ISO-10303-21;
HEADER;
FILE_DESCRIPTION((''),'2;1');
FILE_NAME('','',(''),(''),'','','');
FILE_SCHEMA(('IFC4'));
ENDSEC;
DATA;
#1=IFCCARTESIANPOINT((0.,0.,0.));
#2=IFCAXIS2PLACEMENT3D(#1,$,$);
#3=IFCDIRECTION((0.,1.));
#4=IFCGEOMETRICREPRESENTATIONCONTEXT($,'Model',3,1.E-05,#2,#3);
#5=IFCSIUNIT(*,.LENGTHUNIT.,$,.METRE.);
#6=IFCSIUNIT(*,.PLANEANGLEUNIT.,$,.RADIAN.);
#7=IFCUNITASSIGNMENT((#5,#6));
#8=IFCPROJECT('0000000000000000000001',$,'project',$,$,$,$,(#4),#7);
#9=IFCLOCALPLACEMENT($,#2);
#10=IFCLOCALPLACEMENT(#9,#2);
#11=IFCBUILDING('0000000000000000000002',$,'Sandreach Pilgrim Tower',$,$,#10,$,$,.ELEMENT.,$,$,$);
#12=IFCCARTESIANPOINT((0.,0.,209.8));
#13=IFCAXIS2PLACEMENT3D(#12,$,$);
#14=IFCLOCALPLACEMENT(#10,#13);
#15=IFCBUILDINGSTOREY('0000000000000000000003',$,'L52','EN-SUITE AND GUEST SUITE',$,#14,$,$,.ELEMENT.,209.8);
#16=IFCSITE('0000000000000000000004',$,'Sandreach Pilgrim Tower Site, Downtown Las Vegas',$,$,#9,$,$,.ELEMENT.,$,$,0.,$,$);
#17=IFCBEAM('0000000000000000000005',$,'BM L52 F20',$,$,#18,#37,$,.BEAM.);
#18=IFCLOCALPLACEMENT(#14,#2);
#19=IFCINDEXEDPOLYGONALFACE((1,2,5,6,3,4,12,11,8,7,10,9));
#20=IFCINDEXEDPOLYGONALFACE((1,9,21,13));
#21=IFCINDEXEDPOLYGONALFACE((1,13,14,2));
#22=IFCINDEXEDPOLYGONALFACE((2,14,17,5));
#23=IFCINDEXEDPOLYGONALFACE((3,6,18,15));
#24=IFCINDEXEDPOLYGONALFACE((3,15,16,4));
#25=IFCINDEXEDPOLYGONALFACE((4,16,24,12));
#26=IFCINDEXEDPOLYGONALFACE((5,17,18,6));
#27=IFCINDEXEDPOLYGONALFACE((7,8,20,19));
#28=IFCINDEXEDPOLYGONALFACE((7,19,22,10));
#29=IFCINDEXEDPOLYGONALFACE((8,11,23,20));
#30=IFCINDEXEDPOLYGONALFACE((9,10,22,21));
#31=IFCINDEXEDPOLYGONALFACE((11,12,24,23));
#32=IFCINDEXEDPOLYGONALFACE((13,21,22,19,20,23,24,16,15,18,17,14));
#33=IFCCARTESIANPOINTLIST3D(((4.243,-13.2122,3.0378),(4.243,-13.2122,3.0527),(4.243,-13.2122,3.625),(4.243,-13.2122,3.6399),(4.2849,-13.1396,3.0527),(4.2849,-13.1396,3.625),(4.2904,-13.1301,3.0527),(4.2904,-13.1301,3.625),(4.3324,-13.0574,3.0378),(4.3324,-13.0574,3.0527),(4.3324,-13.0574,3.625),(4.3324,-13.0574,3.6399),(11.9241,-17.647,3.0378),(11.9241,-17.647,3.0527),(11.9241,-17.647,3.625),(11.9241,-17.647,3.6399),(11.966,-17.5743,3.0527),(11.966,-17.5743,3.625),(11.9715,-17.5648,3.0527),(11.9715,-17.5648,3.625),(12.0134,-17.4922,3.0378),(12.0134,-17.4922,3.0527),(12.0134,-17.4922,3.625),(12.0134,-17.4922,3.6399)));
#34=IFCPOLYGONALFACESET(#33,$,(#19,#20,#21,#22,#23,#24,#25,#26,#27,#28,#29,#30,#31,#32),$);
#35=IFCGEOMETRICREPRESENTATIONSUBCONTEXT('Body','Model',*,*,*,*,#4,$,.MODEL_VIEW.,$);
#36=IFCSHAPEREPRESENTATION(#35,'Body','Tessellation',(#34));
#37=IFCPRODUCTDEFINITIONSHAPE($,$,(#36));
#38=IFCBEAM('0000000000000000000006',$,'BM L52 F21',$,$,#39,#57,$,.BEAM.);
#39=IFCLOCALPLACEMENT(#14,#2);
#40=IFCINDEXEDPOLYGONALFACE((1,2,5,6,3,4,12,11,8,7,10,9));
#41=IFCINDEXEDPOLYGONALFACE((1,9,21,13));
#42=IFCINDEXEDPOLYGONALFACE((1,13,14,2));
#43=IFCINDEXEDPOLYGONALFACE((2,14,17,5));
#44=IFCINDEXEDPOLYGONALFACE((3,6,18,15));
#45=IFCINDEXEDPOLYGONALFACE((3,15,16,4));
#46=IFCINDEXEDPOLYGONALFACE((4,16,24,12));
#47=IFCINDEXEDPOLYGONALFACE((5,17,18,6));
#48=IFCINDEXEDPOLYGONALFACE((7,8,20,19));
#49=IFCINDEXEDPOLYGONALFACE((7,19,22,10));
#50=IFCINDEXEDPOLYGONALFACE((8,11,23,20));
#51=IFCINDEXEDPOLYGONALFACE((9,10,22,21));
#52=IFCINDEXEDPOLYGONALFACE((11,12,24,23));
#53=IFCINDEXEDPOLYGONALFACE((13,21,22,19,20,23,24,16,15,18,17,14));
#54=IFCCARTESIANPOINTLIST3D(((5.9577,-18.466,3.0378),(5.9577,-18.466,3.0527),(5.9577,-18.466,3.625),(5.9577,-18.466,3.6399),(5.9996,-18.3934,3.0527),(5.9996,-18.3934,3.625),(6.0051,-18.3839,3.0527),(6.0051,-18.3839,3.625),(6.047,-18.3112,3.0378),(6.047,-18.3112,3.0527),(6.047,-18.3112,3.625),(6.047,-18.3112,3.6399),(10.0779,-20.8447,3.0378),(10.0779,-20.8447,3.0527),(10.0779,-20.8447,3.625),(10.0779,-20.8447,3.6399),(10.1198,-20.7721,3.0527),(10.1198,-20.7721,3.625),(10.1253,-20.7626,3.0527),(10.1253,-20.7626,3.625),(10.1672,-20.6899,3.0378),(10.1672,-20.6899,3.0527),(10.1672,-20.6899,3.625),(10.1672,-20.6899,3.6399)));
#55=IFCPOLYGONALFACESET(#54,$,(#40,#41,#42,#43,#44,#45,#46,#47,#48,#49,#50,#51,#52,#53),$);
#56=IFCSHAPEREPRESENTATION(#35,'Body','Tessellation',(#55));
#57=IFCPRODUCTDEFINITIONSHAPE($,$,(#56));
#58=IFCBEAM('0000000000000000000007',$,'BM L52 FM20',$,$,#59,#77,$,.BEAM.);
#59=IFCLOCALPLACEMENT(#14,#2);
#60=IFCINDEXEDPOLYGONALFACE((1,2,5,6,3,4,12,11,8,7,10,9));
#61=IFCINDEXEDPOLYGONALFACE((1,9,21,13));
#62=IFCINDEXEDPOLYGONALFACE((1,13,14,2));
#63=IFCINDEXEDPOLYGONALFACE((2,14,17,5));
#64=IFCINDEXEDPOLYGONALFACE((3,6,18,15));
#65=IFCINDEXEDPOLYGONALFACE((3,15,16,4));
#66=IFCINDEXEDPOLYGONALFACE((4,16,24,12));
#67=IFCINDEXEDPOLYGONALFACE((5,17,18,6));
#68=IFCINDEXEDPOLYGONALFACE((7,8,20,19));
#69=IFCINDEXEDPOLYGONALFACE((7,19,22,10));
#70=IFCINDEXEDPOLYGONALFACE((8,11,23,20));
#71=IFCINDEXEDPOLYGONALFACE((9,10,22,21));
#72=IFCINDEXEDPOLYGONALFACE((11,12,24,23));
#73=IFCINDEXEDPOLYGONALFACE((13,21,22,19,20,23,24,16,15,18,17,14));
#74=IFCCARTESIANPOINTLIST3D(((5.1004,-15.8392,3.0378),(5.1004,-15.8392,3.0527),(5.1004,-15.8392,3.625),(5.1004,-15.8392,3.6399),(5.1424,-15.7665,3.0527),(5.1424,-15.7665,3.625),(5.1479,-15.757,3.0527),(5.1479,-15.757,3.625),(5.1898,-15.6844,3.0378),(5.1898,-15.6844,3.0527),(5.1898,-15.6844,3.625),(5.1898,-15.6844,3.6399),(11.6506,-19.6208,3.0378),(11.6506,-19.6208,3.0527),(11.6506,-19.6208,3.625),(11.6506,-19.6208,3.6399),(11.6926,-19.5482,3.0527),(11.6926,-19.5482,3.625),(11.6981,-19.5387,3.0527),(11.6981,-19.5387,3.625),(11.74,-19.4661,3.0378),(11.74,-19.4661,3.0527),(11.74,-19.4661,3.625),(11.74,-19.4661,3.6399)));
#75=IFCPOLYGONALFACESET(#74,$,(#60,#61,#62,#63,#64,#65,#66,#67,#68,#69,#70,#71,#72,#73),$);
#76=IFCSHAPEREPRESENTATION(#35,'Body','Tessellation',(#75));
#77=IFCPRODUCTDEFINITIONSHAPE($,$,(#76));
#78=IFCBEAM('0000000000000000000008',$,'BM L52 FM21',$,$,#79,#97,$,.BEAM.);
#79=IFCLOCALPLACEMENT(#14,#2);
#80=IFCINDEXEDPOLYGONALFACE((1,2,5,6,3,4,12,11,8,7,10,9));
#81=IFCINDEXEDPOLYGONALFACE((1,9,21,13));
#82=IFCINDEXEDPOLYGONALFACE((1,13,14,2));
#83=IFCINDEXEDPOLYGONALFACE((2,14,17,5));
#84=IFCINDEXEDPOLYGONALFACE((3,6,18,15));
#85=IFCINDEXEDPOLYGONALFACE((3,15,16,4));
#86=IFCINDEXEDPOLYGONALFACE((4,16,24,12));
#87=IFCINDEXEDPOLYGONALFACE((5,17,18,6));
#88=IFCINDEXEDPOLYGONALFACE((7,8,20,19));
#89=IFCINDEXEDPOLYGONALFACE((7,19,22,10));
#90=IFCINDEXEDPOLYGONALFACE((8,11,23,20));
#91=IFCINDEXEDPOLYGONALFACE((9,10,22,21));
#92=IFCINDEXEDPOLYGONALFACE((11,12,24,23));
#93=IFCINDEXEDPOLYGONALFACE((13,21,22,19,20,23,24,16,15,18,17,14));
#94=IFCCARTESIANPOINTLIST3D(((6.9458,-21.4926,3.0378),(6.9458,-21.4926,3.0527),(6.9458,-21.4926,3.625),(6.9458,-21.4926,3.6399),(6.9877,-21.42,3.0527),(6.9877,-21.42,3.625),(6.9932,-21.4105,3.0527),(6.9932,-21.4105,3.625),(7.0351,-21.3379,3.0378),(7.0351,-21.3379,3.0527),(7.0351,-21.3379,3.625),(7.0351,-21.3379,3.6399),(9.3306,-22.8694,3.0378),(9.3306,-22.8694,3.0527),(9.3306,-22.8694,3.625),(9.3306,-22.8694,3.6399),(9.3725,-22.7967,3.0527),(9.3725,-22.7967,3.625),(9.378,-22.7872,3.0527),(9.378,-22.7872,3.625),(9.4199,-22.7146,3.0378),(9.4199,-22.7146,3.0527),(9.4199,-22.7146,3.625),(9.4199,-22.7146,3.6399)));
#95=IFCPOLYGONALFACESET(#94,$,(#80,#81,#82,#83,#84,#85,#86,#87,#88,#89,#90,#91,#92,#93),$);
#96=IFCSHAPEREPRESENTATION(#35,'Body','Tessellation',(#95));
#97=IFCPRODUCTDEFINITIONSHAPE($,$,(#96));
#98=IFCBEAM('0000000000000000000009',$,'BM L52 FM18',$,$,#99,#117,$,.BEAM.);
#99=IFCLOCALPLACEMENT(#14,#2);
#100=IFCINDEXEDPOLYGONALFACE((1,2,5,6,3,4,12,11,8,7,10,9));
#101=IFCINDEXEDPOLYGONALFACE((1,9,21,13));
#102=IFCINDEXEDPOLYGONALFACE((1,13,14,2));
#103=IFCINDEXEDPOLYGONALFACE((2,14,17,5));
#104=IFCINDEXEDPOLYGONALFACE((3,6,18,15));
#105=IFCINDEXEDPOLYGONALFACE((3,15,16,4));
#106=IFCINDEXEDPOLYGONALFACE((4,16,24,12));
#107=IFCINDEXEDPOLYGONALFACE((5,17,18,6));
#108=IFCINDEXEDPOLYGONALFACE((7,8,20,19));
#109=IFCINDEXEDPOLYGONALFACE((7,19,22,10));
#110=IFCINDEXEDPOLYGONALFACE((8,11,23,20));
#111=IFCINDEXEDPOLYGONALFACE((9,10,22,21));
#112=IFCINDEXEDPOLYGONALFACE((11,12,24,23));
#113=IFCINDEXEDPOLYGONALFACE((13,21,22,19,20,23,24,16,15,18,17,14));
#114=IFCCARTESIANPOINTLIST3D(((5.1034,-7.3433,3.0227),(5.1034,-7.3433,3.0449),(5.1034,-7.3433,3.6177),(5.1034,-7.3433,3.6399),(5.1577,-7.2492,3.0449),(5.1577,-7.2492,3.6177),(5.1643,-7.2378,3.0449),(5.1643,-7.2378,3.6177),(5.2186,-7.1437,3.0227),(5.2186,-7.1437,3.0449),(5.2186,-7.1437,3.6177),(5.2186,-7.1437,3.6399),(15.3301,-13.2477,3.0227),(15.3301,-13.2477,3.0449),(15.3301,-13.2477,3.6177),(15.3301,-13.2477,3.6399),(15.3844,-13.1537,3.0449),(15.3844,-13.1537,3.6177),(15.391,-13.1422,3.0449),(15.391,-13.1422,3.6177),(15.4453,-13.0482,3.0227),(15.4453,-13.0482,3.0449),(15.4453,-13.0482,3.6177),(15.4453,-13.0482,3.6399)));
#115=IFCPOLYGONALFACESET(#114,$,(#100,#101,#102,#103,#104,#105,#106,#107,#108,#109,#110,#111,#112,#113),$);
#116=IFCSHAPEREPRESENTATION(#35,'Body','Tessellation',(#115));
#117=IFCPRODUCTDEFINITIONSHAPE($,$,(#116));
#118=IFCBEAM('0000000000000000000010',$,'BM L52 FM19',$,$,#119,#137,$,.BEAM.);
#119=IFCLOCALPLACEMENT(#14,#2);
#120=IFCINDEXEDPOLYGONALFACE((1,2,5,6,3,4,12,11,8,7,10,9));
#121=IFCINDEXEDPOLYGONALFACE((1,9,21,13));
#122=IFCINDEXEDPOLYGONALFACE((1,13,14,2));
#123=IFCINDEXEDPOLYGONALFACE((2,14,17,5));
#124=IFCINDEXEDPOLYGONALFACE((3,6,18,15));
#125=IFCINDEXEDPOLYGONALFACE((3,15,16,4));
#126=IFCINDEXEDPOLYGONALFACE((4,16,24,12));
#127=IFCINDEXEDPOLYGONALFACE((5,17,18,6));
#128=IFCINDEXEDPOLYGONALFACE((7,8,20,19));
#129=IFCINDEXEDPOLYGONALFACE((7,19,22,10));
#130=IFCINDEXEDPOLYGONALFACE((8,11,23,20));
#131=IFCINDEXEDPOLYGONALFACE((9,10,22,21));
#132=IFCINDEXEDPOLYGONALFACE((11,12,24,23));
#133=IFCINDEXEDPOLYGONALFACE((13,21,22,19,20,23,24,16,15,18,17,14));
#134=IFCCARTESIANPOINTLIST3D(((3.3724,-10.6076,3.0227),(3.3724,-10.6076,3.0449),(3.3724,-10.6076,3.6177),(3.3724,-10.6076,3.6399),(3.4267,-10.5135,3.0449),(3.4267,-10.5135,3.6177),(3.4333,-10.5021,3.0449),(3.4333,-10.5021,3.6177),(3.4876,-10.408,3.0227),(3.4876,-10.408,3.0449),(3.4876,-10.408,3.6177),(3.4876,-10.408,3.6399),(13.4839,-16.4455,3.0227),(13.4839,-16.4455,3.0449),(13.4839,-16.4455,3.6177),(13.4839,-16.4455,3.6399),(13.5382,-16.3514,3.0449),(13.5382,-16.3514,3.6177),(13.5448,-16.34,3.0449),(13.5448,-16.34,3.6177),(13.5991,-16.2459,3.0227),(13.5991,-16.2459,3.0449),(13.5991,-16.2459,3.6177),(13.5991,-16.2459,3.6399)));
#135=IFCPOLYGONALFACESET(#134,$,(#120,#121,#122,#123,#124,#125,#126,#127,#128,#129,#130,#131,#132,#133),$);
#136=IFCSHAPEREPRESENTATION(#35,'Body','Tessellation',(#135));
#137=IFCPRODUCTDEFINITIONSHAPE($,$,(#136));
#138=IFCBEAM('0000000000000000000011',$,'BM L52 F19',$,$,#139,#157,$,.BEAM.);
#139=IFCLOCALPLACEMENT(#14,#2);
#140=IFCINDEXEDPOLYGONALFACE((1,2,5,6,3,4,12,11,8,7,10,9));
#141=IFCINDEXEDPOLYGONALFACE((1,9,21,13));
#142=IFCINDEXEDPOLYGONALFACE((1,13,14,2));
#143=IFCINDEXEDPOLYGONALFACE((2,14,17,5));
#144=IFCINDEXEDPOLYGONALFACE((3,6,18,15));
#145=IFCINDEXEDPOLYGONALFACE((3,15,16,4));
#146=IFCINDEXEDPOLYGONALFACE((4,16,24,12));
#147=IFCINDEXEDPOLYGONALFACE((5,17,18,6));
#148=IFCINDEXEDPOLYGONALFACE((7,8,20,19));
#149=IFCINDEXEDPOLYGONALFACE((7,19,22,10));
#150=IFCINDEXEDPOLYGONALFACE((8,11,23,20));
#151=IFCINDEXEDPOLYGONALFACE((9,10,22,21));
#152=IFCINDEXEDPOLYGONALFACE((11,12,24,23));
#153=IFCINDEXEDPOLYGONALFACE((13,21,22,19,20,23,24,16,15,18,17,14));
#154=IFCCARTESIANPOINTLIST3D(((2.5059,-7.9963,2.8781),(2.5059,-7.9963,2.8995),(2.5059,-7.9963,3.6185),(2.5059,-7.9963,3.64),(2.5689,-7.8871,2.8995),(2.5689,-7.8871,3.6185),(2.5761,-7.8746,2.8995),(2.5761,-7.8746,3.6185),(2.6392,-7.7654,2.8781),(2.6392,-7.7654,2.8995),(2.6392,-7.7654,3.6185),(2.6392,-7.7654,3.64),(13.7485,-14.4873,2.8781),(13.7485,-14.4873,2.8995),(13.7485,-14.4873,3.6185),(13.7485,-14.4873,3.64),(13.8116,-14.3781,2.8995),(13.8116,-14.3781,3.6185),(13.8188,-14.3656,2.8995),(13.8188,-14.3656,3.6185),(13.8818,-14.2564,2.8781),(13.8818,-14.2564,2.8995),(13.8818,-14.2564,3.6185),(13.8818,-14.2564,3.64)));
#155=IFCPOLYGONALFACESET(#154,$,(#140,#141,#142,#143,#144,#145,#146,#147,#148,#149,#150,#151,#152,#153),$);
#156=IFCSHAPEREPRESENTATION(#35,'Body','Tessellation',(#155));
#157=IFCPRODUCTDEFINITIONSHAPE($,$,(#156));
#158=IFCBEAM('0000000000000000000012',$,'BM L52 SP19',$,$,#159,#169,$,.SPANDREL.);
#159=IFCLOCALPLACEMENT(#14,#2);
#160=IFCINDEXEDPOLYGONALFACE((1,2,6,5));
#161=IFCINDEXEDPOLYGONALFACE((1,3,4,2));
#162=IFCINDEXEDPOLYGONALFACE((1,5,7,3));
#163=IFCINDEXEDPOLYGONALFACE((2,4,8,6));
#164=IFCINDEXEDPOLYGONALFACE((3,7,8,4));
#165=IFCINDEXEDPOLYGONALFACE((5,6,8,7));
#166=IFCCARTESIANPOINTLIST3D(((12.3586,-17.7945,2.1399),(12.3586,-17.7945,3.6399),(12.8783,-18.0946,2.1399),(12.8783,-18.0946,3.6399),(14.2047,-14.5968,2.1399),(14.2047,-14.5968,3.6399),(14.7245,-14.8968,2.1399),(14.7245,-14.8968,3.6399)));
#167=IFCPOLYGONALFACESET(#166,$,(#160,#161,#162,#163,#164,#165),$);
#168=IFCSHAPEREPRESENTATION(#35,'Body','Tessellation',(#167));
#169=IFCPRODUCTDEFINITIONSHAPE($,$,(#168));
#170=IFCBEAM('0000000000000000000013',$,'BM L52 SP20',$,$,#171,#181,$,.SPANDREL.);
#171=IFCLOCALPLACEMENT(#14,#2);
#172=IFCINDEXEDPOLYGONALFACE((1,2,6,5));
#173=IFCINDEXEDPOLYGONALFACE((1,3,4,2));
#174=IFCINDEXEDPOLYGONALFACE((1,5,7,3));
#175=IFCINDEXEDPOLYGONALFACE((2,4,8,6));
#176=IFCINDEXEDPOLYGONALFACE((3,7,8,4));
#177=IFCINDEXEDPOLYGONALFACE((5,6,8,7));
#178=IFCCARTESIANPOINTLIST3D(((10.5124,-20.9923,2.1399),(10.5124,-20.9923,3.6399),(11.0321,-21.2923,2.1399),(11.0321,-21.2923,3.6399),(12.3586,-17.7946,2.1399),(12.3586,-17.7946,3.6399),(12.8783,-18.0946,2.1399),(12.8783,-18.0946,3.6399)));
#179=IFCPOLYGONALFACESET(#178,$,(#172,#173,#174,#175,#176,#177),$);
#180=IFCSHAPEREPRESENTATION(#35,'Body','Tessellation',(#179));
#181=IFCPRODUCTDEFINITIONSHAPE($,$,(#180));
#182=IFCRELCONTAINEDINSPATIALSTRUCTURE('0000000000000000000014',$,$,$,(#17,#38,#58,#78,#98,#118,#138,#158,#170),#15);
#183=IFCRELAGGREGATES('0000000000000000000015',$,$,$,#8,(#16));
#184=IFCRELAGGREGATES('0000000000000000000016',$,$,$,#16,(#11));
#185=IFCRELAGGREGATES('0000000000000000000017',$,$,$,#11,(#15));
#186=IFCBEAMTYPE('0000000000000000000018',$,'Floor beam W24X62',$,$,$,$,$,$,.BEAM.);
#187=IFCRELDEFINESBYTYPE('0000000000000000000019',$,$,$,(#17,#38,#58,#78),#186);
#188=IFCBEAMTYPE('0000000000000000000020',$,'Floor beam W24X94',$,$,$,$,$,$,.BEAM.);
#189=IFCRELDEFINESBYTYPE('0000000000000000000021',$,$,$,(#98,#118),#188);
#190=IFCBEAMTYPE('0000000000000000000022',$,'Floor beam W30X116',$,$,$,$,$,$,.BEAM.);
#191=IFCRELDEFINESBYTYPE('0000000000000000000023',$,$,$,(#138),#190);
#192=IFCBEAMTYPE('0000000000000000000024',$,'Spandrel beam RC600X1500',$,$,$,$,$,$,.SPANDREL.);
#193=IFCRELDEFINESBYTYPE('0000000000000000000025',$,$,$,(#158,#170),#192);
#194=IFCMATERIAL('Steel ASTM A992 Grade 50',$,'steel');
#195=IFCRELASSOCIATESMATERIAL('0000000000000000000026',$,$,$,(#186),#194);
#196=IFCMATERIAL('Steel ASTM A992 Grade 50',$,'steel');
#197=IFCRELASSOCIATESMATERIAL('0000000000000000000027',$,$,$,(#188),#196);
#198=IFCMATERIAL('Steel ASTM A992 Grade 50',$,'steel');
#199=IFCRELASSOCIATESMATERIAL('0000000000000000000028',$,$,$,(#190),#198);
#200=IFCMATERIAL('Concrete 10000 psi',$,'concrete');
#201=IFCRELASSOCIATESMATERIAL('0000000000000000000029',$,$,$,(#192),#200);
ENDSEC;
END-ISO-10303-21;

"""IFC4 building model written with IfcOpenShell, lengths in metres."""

from ifc_helpers import new_model, si_unit, direction, frame, origin, origin_2d, place, context, subcontext, project, spatial, rectangle, i_section, extrude, material, material_profile, profile_set, type_object, element, save


model = new_model("IFC4")

# Units and contexts
model_context = context("Model", 3, precision=1e-05, world=origin(), true_north=direction((0.0, 1.0)))
body_context = subcontext(model_context, "Body", "Model", "MODEL_VIEW")
ifc_project = project(units=[si_unit("LENGTHUNIT", "METRE"), si_unit("PLANEANGLEUNIT", "RADIAN")], contexts=[model_context])

# Site, building, storey
site_placement = place(None, origin())
site = spatial("IfcSite", under=ifc_project, at=site_placement, Name="Sandreach Pilgrim Tower Site, Downtown Las Vegas", CompositionType="ELEMENT", RefElevation=0.0)
building_placement = place(site_placement, origin())
building = spatial("IfcBuilding", under=site, at=building_placement, Name="Sandreach Pilgrim Tower", CompositionType="ELEMENT")
storey_placement = place(building_placement, frame((0.0, 0.0, 209.8)))
storey = spatial("IfcBuildingStorey", under=building, at=storey_placement, Name="L52", Description="EN-SUITE AND GUEST SUITE", CompositionType="ELEMENT", Elevation=209.8)

# Beams
ifc_material_1 = material(Name="Steel ASTM A992 Grade 50", Category="steel")
ifc_material_profile_1 = material_profile(ifc_material_1, i_section(OverallWidth=0.1787, OverallDepth=0.6021, WebThickness=0.011, FlangeThickness=0.0149, at=origin_2d()), Name="W24X62")
ifc_profile_set_1 = profile_set([ifc_material_profile_1], Name="Steel ASTM A992 Grade 50")
beam_type_1 = type_object("IfcBeamType", Name="Floor beam W24X62", PredefinedType="BEAM", material=ifc_profile_set_1)
beam_1_placement = place(storey_placement, frame((11.9688, -17.5696, 3.3389), z_axis=(-0.866021, 0.500008, 0.0), x_axis=(-0.500008, -0.866021, 0.0)))
element("IfcBeam", 1, at=beam_1_placement, inside=storey, type_object=beam_type_1, Name="BM L52 F20", PredefinedType="BEAM", context=body_context, shape_type="SweptSolid", body=[
    extrude(i_section(OverallWidth=0.1787, OverallDepth=0.6021, WebThickness=0.011, FlangeThickness=0.0149, at=origin_2d()), origin(), (0.0, 0.0, 1.0), 8.8694),
])
beam_2_placement = place(storey_placement, frame((10.1226, -20.7673, 3.3389), z_axis=(-0.866033, 0.499986, 0.0), x_axis=(-0.499986, -0.866033, 0.0)))
element("IfcBeam", 2, at=beam_2_placement, inside=storey, type_object=beam_type_1, Name="BM L52 F21", PredefinedType="BEAM", context=body_context, shape_type="SweptSolid", body=[
    extrude(i_section(OverallWidth=0.1787, OverallDepth=0.6021, WebThickness=0.011, FlangeThickness=0.0149, at=origin_2d()), origin(), (0.0, 0.0, 1.0), 4.7576),
])
beam_3_placement = place(storey_placement, frame((11.6953, -19.5435, 3.3389), z_axis=(-0.86603, 0.499993, 0.0), x_axis=(-0.499993, -0.86603, 0.0)))
element("IfcBeam", 3, at=beam_3_placement, inside=storey, type_object=beam_type_1, Name="BM L52 FM20", PredefinedType="BEAM", context=body_context, shape_type="SweptSolid", body=[
    extrude(i_section(OverallWidth=0.1787, OverallDepth=0.6021, WebThickness=0.011, FlangeThickness=0.0149, at=origin_2d()), origin(), (0.0, 0.0, 1.0), 7.5635),
])
beam_4_placement = place(storey_placement, frame((9.3752, -22.792, 3.3389), z_axis=(-0.866047, 0.499963, 0.0), x_axis=(-0.499963, -0.866047, 0.0)))
element("IfcBeam", 4, at=beam_4_placement, inside=storey, type_object=beam_type_1, Name="BM L52 FM21", PredefinedType="BEAM", context=body_context, shape_type="SweptSolid", body=[
    extrude(i_section(OverallWidth=0.1787, OverallDepth=0.6021, WebThickness=0.011, FlangeThickness=0.0149, at=origin_2d()), origin(), (0.0, 0.0, 1.0), 2.7537),
])
ifc_material_2 = material(Name="Steel ASTM A992 Grade 50", Category="steel")
ifc_material_profile_2 = material_profile(ifc_material_2, i_section(OverallWidth=0.2305, OverallDepth=0.6172, WebThickness=0.0132, FlangeThickness=0.0222, at=origin_2d()), Name="W24X94")
ifc_profile_set_2 = profile_set([ifc_material_profile_2], Name="Steel ASTM A992 Grade 50")
beam_type_2 = type_object("IfcBeamType", Name="Floor beam W24X94", PredefinedType="BEAM", material=ifc_profile_set_2)
beam_5_placement = place(storey_placement, frame((15.3877, -13.1479, 3.3313), z_axis=(-0.866022, 0.500006, 0.0), x_axis=(-0.500006, -0.866022, 0.0)))
element("IfcBeam", 5, at=beam_5_placement, inside=storey, type_object=beam_type_2, Name="BM L52 FM18", PredefinedType="BEAM", context=body_context, shape_type="SweptSolid", body=[
    extrude(i_section(OverallWidth=0.2305, OverallDepth=0.6172, WebThickness=0.0132, FlangeThickness=0.0222, at=origin_2d()), origin(), (0.0, 0.0, 1.0), 11.8088),
])
beam_6_placement = place(storey_placement, frame((13.5415, -16.3457, 3.3313), z_axis=(-0.866026, 0.499998, 0.0), x_axis=(-0.499998, -0.866026, 0.0)))
element("IfcBeam", 6, at=beam_6_placement, inside=storey, type_object=beam_type_2, Name="BM L52 FM19", PredefinedType="BEAM", context=body_context, shape_type="SweptSolid", body=[
    extrude(i_section(OverallWidth=0.2305, OverallDepth=0.6172, WebThickness=0.0132, FlangeThickness=0.0222, at=origin_2d()), origin(), (0.0, 0.0, 1.0), 11.6758),
])
ifc_material_3 = material(Name="Steel ASTM A992 Grade 50", Category="steel")
ifc_material_profile_3 = material_profile(ifc_material_3, i_section(OverallWidth=0.2666, OverallDepth=0.762, WebThickness=0.0144, FlangeThickness=0.0215, at=origin_2d()), Name="W30X116")
ifc_profile_set_3 = profile_set([ifc_material_profile_3], Name="Steel ASTM A992 Grade 50")
beam_type_3 = type_object("IfcBeamType", Name="Floor beam W30X116", PredefinedType="BEAM", material=ifc_profile_set_3)
beam_7_placement = place(storey_placement, frame((13.8152, -14.3718, 3.259), z_axis=(-0.866025, 0.5, 0.0), x_axis=(-0.5, -0.866025, 0.0)))
element("IfcBeam", 7, at=beam_7_placement, inside=storey, type_object=beam_type_3, Name="BM L52 F19", PredefinedType="BEAM", context=body_context, shape_type="SweptSolid", body=[
    extrude(i_section(OverallWidth=0.2666, OverallDepth=0.762, WebThickness=0.0144, FlangeThickness=0.0215, at=origin_2d()), origin(), (0.0, 0.0, 1.0), 12.9819),
])
ifc_material_4 = material(Name="Concrete 10000 psi", Category="concrete")
ifc_material_profile_4 = material_profile(ifc_material_4, rectangle(XDim=0.6001, YDim=1.5, at=origin_2d()), Name="RC600X1500")
ifc_profile_set_4 = profile_set([ifc_material_profile_4], Name="Concrete 10000 psi")
beam_type_4 = type_object("IfcBeamType", Name="Spandrel beam RC600X1500", PredefinedType="SPANDREL", material=ifc_profile_set_4)
for number, where, z_axis, x_axis, name in (
    (8, (14.4646, -14.7468, 2.8899), (-0.499993, -0.866029, 0.0), (0.866029, -0.499993, 0.0), "BM L52 SP19"),
    (9, (12.6184, -17.9446, 2.8899), (-0.499993, -0.866029, 0.0), (0.866029, -0.499993, 0.0), "BM L52 SP20"),
):
    element("IfcBeam", number, at=place(storey_placement, frame(where, z_axis=z_axis, x_axis=x_axis)), inside=storey, type_object=beam_type_4, Name=name, PredefinedType="SPANDREL", context=body_context, shape_type="SweptSolid", body=[
        extrude(rectangle(XDim=0.6001, YDim=1.5, at=origin_2d()), origin(), (0.0, 0.0, 1.0), 3.6924),
    ])

save(model, "model.ifc")
